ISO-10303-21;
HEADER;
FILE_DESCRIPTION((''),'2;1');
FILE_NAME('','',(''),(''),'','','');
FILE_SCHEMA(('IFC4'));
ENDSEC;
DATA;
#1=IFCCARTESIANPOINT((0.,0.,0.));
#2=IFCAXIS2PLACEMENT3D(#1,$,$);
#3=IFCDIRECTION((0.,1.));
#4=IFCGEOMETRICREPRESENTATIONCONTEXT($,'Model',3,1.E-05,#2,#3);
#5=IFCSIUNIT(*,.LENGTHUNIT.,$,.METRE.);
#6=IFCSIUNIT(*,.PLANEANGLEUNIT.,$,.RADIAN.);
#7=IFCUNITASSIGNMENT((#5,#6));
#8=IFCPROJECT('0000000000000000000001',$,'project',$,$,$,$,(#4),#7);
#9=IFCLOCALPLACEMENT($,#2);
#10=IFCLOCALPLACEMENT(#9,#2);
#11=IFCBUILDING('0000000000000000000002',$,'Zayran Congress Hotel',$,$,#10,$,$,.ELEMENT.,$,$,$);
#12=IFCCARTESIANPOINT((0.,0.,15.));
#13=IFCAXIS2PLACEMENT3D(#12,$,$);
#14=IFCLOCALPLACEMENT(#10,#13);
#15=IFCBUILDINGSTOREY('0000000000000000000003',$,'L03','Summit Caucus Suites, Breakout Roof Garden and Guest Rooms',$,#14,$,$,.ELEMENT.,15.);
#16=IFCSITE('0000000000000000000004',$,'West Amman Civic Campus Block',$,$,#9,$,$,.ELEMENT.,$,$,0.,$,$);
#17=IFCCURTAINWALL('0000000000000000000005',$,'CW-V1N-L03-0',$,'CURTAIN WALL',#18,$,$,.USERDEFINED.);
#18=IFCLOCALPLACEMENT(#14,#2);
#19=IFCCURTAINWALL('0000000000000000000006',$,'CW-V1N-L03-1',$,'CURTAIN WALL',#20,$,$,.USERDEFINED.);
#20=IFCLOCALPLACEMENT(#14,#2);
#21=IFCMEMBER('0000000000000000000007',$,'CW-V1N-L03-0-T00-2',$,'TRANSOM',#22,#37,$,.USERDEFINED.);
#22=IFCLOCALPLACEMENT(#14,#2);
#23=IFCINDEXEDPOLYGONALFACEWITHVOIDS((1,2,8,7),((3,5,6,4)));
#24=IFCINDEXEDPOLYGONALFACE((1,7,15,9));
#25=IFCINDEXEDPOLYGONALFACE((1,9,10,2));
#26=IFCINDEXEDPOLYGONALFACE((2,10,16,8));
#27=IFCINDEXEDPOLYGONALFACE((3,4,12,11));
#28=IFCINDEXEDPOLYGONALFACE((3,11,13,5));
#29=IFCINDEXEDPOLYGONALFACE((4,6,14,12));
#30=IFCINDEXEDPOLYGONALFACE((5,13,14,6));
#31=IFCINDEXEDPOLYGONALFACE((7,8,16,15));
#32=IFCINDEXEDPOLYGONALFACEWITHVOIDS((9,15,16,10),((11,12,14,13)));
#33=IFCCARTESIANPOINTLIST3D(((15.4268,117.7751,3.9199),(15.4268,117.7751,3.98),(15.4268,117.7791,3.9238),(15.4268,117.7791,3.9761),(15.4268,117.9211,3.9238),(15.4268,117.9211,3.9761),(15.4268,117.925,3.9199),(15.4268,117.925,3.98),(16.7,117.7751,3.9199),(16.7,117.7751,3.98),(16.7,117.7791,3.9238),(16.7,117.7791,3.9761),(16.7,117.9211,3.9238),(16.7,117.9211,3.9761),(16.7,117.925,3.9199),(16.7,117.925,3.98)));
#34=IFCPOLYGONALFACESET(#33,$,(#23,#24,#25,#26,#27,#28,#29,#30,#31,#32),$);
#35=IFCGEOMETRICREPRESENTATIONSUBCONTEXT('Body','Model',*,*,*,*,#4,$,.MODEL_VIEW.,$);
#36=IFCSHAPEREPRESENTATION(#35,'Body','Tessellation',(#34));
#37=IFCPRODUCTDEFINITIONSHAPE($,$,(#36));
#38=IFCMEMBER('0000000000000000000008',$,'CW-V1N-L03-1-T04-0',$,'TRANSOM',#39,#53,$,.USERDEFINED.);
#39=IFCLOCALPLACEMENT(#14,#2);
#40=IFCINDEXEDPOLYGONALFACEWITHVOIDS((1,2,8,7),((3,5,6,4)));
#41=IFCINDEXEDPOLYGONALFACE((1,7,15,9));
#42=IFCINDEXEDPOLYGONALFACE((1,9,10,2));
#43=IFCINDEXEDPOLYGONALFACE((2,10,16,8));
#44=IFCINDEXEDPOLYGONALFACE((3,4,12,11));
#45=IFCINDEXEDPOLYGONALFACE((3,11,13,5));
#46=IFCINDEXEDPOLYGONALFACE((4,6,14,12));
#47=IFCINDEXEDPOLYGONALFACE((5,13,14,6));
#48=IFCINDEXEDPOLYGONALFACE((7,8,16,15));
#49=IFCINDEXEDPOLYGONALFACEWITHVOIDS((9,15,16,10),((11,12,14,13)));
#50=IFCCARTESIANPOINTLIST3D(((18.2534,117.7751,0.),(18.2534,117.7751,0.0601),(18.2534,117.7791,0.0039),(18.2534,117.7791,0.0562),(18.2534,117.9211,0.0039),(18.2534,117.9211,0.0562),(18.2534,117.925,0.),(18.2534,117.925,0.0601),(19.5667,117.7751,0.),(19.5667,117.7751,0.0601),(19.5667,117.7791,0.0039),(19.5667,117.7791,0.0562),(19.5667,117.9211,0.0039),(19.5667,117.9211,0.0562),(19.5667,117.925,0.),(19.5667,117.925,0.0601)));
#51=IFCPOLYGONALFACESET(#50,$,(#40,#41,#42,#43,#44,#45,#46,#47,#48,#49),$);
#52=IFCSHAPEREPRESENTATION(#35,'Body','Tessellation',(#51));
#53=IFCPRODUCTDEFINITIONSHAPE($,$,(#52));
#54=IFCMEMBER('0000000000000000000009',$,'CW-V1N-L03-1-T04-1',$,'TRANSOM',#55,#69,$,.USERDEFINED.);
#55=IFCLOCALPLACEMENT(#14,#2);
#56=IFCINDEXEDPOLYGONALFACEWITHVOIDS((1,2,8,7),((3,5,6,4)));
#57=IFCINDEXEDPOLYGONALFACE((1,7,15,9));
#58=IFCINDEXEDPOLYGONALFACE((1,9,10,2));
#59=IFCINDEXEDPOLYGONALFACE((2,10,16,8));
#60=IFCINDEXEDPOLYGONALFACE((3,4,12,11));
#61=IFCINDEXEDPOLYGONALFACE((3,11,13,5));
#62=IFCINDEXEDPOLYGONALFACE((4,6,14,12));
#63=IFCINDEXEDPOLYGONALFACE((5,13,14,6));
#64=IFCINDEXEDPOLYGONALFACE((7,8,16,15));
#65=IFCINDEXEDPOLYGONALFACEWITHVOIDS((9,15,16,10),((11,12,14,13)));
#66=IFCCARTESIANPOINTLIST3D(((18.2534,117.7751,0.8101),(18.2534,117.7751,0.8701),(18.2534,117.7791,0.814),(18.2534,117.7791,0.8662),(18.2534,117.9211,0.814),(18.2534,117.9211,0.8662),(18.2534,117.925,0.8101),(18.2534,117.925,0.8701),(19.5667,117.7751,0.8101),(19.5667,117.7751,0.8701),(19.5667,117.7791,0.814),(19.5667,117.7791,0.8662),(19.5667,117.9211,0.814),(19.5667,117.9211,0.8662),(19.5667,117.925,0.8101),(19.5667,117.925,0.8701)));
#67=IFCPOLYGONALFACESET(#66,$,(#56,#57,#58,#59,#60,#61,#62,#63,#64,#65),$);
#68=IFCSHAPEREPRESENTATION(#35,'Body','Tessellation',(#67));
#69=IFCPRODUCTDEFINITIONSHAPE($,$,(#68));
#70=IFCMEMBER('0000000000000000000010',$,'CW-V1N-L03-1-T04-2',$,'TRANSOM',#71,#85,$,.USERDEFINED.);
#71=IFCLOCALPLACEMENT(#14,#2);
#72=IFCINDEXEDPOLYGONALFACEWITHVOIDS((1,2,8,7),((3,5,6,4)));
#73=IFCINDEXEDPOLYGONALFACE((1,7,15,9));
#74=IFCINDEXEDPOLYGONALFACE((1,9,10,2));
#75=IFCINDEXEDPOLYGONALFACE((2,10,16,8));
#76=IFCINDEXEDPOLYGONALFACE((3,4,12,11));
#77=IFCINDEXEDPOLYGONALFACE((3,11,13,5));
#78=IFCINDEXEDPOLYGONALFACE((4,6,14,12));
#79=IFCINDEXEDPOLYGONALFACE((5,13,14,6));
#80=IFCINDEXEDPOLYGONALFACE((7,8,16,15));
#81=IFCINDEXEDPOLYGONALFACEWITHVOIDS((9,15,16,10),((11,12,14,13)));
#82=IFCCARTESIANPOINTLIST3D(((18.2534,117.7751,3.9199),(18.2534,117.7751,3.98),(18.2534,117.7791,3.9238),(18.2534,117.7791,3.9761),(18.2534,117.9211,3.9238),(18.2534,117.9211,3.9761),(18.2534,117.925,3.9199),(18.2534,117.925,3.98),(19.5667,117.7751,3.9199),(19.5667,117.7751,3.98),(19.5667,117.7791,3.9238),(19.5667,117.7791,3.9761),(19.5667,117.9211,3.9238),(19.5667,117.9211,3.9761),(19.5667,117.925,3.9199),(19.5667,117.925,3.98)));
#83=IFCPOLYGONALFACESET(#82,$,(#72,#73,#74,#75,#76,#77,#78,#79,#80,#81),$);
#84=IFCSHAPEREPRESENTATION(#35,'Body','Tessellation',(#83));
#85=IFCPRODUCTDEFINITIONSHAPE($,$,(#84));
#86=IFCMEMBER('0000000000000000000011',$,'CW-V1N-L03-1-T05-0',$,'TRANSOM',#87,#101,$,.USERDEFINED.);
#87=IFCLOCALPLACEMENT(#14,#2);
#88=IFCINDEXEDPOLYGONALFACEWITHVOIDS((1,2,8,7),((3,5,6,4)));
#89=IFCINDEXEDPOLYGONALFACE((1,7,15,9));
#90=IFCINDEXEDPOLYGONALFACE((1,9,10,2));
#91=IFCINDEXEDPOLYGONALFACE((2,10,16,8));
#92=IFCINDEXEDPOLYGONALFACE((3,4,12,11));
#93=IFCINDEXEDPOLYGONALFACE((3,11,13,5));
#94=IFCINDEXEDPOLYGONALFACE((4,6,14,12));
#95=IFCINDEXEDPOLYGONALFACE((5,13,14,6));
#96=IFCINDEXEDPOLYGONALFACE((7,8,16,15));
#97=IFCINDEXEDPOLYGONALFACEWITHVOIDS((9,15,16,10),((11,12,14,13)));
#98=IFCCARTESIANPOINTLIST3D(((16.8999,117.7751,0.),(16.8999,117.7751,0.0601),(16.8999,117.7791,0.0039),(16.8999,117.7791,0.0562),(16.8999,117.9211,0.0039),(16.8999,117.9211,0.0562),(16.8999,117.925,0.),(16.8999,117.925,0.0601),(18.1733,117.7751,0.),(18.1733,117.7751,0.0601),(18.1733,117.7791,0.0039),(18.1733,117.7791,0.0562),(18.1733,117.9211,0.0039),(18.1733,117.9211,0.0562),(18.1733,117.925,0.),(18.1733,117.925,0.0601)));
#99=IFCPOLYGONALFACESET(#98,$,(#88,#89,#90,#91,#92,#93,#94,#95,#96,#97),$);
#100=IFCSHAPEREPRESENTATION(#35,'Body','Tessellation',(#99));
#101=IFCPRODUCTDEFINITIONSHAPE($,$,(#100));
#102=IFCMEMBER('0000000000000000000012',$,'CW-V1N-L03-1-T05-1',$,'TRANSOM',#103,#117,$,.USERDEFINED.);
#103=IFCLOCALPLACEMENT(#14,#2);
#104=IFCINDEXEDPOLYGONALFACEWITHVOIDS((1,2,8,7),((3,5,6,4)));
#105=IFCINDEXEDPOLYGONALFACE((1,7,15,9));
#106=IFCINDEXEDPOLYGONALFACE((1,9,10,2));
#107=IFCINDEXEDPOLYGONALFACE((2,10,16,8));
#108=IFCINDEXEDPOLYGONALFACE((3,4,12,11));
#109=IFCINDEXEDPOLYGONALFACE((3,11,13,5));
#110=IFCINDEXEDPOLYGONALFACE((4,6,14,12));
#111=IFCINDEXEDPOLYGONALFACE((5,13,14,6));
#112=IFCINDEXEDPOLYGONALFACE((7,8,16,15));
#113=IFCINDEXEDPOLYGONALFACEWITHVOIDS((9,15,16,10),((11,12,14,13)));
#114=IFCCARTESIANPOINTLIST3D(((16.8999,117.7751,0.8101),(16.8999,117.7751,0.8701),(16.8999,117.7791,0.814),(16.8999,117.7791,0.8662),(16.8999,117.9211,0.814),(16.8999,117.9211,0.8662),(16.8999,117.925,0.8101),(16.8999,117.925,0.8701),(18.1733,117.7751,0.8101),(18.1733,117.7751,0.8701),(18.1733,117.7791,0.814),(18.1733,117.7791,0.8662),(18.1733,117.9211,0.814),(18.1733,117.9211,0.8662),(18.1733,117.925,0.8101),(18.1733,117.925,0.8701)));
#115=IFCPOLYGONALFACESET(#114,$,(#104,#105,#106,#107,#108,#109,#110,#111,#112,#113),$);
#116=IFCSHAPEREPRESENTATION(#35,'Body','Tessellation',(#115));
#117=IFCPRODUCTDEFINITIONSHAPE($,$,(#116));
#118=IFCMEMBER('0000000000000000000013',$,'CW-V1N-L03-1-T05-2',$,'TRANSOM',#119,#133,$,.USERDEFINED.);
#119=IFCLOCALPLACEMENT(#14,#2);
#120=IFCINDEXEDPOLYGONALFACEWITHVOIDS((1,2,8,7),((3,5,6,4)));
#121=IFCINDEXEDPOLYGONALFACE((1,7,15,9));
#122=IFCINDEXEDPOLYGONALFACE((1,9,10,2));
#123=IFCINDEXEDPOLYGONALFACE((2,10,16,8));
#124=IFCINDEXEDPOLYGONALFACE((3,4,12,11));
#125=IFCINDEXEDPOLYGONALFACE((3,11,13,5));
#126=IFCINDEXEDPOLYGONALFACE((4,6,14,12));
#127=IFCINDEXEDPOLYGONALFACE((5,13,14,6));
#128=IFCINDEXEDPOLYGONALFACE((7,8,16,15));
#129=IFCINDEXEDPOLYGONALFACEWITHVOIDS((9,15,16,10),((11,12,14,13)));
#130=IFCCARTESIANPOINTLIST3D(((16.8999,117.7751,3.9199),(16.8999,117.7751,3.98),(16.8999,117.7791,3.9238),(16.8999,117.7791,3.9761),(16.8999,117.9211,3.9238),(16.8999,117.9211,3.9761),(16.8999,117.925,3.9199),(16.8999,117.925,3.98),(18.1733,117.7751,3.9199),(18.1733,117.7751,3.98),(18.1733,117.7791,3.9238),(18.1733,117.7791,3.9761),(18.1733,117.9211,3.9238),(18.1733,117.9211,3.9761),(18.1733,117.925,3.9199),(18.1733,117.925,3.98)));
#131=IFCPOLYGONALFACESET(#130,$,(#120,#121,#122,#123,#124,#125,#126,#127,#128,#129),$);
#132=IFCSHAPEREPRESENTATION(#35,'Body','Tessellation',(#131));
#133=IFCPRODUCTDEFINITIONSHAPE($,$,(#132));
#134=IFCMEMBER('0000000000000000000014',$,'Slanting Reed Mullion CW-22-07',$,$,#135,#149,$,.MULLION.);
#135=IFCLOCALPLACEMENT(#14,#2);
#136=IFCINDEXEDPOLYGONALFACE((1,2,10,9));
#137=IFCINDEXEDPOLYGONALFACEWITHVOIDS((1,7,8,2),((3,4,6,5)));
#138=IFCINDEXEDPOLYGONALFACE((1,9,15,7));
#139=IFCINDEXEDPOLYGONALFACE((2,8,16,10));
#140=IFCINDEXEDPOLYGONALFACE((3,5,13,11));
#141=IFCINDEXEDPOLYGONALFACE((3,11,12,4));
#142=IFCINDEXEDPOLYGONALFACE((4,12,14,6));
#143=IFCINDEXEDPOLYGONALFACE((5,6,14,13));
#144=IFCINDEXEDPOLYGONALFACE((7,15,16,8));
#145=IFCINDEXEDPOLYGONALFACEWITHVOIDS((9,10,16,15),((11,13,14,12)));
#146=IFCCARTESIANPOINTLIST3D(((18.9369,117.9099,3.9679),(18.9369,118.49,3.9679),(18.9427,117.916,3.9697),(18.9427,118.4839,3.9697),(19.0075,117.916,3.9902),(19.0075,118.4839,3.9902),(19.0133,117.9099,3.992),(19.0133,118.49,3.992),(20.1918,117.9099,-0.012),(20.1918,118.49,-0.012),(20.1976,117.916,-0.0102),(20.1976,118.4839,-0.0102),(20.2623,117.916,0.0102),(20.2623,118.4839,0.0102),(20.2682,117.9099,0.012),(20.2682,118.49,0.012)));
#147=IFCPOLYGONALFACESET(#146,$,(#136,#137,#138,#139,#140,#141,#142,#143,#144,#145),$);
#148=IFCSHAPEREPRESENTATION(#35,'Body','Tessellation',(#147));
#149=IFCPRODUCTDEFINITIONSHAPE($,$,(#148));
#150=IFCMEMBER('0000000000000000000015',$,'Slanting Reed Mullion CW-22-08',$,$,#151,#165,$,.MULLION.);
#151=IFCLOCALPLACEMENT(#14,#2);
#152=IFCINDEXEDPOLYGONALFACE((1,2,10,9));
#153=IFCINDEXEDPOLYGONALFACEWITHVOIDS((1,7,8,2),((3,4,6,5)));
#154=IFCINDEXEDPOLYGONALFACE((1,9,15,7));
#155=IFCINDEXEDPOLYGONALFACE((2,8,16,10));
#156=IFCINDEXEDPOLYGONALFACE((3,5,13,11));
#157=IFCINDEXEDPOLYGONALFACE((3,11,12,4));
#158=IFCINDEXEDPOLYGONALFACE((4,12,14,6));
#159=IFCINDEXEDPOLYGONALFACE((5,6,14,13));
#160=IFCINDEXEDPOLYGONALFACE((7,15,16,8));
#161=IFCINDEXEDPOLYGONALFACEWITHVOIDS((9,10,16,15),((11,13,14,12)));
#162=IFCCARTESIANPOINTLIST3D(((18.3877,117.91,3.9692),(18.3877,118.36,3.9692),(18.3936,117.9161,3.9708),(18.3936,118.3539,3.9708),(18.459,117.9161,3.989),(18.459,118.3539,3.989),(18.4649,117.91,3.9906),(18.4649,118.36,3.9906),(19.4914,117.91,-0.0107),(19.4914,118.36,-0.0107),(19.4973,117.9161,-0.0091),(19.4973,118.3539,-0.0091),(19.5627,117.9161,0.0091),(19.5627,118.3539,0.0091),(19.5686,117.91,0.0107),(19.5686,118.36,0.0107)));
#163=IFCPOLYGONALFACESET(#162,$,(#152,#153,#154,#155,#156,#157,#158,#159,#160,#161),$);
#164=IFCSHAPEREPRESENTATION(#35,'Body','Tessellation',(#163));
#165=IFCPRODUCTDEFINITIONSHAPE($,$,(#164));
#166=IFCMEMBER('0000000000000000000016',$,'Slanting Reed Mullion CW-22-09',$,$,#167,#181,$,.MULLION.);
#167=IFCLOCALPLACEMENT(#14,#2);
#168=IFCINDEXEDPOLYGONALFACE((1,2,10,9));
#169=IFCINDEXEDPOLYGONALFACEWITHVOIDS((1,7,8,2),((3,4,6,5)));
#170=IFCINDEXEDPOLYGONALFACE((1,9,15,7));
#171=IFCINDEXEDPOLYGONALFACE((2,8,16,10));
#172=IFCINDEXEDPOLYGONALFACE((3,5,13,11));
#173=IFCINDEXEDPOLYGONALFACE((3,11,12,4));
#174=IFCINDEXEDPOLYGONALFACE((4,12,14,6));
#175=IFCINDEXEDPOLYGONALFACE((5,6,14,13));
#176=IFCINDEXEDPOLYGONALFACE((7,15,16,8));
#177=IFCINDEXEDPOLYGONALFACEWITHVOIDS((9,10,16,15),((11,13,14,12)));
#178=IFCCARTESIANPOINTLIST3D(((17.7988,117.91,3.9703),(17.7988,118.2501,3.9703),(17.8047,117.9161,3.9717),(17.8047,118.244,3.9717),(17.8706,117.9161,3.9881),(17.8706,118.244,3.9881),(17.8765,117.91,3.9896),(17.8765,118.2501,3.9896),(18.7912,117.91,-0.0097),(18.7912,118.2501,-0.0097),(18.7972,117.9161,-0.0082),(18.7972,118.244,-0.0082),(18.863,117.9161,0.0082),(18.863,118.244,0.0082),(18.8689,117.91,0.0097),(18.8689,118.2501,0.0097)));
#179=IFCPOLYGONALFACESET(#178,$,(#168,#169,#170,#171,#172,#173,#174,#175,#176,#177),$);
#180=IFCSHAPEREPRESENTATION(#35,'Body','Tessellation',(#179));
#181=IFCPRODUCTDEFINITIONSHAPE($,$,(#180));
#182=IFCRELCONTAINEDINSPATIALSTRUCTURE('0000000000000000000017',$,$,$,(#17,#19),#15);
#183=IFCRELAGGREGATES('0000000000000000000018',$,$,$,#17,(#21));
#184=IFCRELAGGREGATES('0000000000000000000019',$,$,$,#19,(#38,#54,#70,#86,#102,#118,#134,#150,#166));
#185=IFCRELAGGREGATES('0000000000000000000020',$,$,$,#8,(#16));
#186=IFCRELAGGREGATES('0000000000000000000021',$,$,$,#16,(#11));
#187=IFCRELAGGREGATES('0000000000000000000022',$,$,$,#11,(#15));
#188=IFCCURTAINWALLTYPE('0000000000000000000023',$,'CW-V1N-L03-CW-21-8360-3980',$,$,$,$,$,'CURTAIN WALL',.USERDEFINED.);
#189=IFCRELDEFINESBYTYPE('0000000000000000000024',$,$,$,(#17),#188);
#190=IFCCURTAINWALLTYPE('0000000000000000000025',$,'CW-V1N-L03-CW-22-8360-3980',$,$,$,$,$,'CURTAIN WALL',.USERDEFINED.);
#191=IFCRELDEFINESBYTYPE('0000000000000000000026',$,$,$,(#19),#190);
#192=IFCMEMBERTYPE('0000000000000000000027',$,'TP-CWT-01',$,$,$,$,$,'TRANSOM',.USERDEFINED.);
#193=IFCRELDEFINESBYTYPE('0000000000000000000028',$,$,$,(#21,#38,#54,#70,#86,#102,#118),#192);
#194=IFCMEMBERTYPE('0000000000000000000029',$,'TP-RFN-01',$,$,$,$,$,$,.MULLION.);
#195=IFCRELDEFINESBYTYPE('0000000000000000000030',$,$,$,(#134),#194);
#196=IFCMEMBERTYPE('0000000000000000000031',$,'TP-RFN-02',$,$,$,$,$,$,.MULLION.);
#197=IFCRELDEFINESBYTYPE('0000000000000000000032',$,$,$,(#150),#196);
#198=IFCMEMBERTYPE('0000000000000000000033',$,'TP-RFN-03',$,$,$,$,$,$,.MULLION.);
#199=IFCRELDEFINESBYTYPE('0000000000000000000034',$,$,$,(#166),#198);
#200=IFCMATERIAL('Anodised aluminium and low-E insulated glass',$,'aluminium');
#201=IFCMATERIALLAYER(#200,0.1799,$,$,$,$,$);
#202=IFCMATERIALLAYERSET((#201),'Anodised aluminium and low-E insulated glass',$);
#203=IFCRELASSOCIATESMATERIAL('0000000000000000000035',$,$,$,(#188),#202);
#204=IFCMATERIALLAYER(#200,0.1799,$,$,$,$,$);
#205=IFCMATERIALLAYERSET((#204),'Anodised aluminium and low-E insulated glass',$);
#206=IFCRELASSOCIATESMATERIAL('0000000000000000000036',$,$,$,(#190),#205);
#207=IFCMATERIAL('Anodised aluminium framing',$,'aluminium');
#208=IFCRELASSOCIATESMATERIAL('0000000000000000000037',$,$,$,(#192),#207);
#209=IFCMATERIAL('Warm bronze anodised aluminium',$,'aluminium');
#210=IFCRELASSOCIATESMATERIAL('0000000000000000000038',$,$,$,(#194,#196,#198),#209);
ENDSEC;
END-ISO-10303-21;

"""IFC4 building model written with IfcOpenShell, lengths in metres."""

from ifc_helpers import new_model, si_unit, direction, frame, origin, origin_2d, place, context, subcontext, project, spatial, hollow_rectangle, extrude, material, layer, layer_set, material_profile, profile_set, type_object, element, aggregate, save


model = new_model("IFC4")

# Units and contexts
model_context = context("Model", 3, precision=1e-05, world=origin(), true_north=direction((0.0, 1.0)))
body_context = subcontext(model_context, "Body", "Model", "MODEL_VIEW")
ifc_project = project(units=[si_unit("LENGTHUNIT", "METRE"), si_unit("PLANEANGLEUNIT", "RADIAN")], contexts=[model_context])

# Site, building, storey
site_placement = place(None, origin())
site = spatial("IfcSite", under=ifc_project, at=site_placement, Name="West Amman Civic Campus Block", CompositionType="ELEMENT", RefElevation=0.0)
building_placement = place(site_placement, origin())
building = spatial("IfcBuilding", under=site, at=building_placement, Name="Zayran Congress Hotel", CompositionType="ELEMENT")
storey_placement = place(building_placement, frame((0.0, 0.0, 15.0)))
storey = spatial("IfcBuildingStorey", under=building, at=storey_placement, Name="L03", Description="Summit Caucus Suites, Breakout Roof Garden and Guest Rooms", CompositionType="ELEMENT", Elevation=15.0)

# Curtain wall
ifc_material_1 = material(Name="Anodised aluminium and low-E insulated glass", Category="aluminium")
ifc_layer_1 = layer(ifc_material_1, 0.1799)
ifc_layer_set_1 = layer_set([ifc_layer_1], Name="Anodised aluminium and low-E insulated glass")
curtain_wall_type_1 = type_object("IfcCurtainWallType", Name="CW-V1N-L03-CW-21-8360-3980", ElementType="CURTAIN WALL", PredefinedType="USERDEFINED", material=ifc_layer_set_1)
curtain_wall_1_placement = place(storey_placement, origin())
curtain_wall_1 = element("IfcCurtainWall", 1, at=curtain_wall_1_placement, inside=storey, type_object=curtain_wall_type_1, Name="CW-V1N-L03-0", ObjectType="CURTAIN WALL", PredefinedType="USERDEFINED")
ifc_material_2 = material(Name="Anodised aluminium framing", Category="aluminium")

# Curtain wall
ifc_layer_2 = layer(ifc_material_1, 0.1799)
ifc_layer_set_2 = layer_set([ifc_layer_2], Name="Anodised aluminium and low-E insulated glass")
curtain_wall_type_2 = type_object("IfcCurtainWallType", Name="CW-V1N-L03-CW-22-8360-3980", ElementType="CURTAIN WALL", PredefinedType="USERDEFINED", material=ifc_layer_set_2)
curtain_wall_2_placement = place(storey_placement, origin())
curtain_wall_2 = element("IfcCurtainWall", 2, at=curtain_wall_2_placement, inside=storey, type_object=curtain_wall_type_2, Name="CW-V1N-L03-1", ObjectType="CURTAIN WALL", PredefinedType="USERDEFINED")

# Members
ifc_material_profile_1 = material_profile(ifc_material_2, hollow_rectangle(XDim=0.0601, YDim=0.1499, WallThickness=0.0039, at=origin_2d()), Name="RHS 150x60x4")
ifc_profile_set_1 = profile_set([ifc_material_profile_1], Name="Anodised aluminium framing")
member_type_1 = type_object("IfcMemberType", Name="TP-CWT-01", ElementType="TRANSOM", PredefinedType="USERDEFINED", material=ifc_profile_set_1)
member_1_placement = place(storey_placement, frame((16.7, 117.8501, 3.95), z_axis=(-1.0, 0.0, 0.0), x_axis=(0.0, 0.0, 1.0)))
member_1 = element("IfcMember", 3, at=member_1_placement, type_object=member_type_1, Name="CW-V1N-L03-0-T00-2", ObjectType="TRANSOM", PredefinedType="USERDEFINED", context=body_context, shape_type="SweptSolid", body=[
    extrude(hollow_rectangle(XDim=0.0601, YDim=0.1499, WallThickness=0.0039, at=origin_2d()), origin(), (0.0, 0.0, 1.0), 1.2732),
])
member_2_placement = place(storey_placement, frame((19.5667, 117.8501, 0.03), z_axis=(-1.0, 0.0, 0.0), x_axis=(0.0, 0.0, 1.0)))
member_2 = element("IfcMember", 4, at=member_2_placement, type_object=member_type_1, Name="CW-V1N-L03-1-T04-0", ObjectType="TRANSOM", PredefinedType="USERDEFINED", context=body_context, shape_type="SweptSolid", body=[
    extrude(hollow_rectangle(XDim=0.0601, YDim=0.1499, WallThickness=0.0039, at=origin_2d()), origin(), (0.0, 0.0, 1.0), 1.3132),
])
member_3_placement = place(storey_placement, frame((19.5667, 117.8501, 0.8401), z_axis=(-1.0, 0.0, 0.0), x_axis=(0.0, 0.0, 1.0)))
member_3 = element("IfcMember", 5, at=member_3_placement, type_object=member_type_1, Name="CW-V1N-L03-1-T04-1", ObjectType="TRANSOM", PredefinedType="USERDEFINED", context=body_context, shape_type="SweptSolid", body=[
    extrude(hollow_rectangle(XDim=0.0601, YDim=0.1499, WallThickness=0.0039, at=origin_2d()), origin(), (0.0, 0.0, 1.0), 1.3132),
])
member_4_placement = place(storey_placement, frame((19.5667, 117.8501, 3.95), z_axis=(-1.0, 0.0, 0.0), x_axis=(0.0, 0.0, 1.0)))
member_4 = element("IfcMember", 6, at=member_4_placement, type_object=member_type_1, Name="CW-V1N-L03-1-T04-2", ObjectType="TRANSOM", PredefinedType="USERDEFINED", context=body_context, shape_type="SweptSolid", body=[
    extrude(hollow_rectangle(XDim=0.0601, YDim=0.1499, WallThickness=0.0039, at=origin_2d()), origin(), (0.0, 0.0, 1.0), 1.3132),
])
member_5_placement = place(storey_placement, frame((18.1733, 117.8501, 0.03), z_axis=(-1.0, 0.0, 0.0), x_axis=(0.0, 0.0, 1.0)))
member_5 = element("IfcMember", 7, at=member_5_placement, type_object=member_type_1, Name="CW-V1N-L03-1-T05-0", ObjectType="TRANSOM", PredefinedType="USERDEFINED", context=body_context, shape_type="SweptSolid", body=[
    extrude(hollow_rectangle(XDim=0.0601, YDim=0.1499, WallThickness=0.0039, at=origin_2d()), origin(), (0.0, 0.0, 1.0), 1.2734),
])
member_6_placement = place(storey_placement, frame((18.1733, 117.8501, 0.8401), z_axis=(-1.0, 0.0, 0.0), x_axis=(0.0, 0.0, 1.0)))
member_6 = element("IfcMember", 8, at=member_6_placement, type_object=member_type_1, Name="CW-V1N-L03-1-T05-1", ObjectType="TRANSOM", PredefinedType="USERDEFINED", context=body_context, shape_type="SweptSolid", body=[
    extrude(hollow_rectangle(XDim=0.0601, YDim=0.1499, WallThickness=0.0039, at=origin_2d()), origin(), (0.0, 0.0, 1.0), 1.2734),
])
member_7_placement = place(storey_placement, frame((18.1733, 117.8501, 3.95), z_axis=(-1.0, 0.0, 0.0), x_axis=(0.0, 0.0, 1.0)))
member_7 = element("IfcMember", 9, at=member_7_placement, type_object=member_type_1, Name="CW-V1N-L03-1-T05-2", ObjectType="TRANSOM", PredefinedType="USERDEFINED", context=body_context, shape_type="SweptSolid", body=[
    extrude(hollow_rectangle(XDim=0.0601, YDim=0.1499, WallThickness=0.0039, at=origin_2d()), origin(), (0.0, 0.0, 1.0), 1.2734),
])
ifc_material_3 = material(Name="Warm bronze anodised aluminium", Category="aluminium")
ifc_material_profile_2 = material_profile(ifc_material_3, hollow_rectangle(XDim=0.0801, YDim=0.5801, WallThickness=0.0061, at=origin_2d()), Name="RHS 580x80x6")
ifc_profile_set_2 = profile_set([ifc_material_profile_2], Name="Warm bronze anodised aluminium")
member_type_2 = type_object("IfcMemberType", Name="TP-RFN-01", PredefinedType="MULLION", material=ifc_profile_set_2)
member_8_placement = place(storey_placement, frame((20.23, 118.2, 0.0), z_axis=(-0.300706, 0.0, 0.953717), x_axis=(0.953717, 0.0, 0.300706)))
member_8 = element("IfcMember", 10, at=member_8_placement, type_object=member_type_2, Name="Slanting Reed Mullion CW-22-07", PredefinedType="MULLION", context=body_context, shape_type="SweptSolid", body=[
    extrude(hollow_rectangle(XDim=0.0801, YDim=0.5801, WallThickness=0.0061, at=origin_2d()), origin(), (0.0, 0.0, 1.0), 4.1731),
])
ifc_material_profile_3 = material_profile(ifc_material_3, hollow_rectangle(XDim=0.0801, YDim=0.45, WallThickness=0.0061, at=origin_2d()), Name="RHS 450x80x6")
ifc_profile_set_3 = profile_set([ifc_material_profile_3], Name="Warm bronze anodised aluminium")
member_type_3 = type_object("IfcMemberType", Name="TP-RFN-02", PredefinedType="MULLION", material=ifc_profile_set_3)
member_9_placement = place(storey_placement, frame((19.53, 118.135, 0.0), z_axis=(-0.267241, 0.0, 0.96363), x_axis=(0.96363, 0.0, 0.267241)))
member_9 = element("IfcMember", 11, at=member_9_placement, type_object=member_type_3, Name="Slanting Reed Mullion CW-22-08", PredefinedType="MULLION", context=body_context, shape_type="SweptSolid", body=[
    extrude(hollow_rectangle(XDim=0.0801, YDim=0.45, WallThickness=0.0061, at=origin_2d()), origin(), (0.0, 0.0, 1.0), 4.1301),
])
ifc_material_profile_4 = material_profile(ifc_material_3, hollow_rectangle(XDim=0.0801, YDim=0.3401, WallThickness=0.0061, at=origin_2d()), Name="RHS 340x80x6")
ifc_profile_set_4 = profile_set([ifc_material_profile_4], Name="Warm bronze anodised aluminium")
member_type_4 = type_object("IfcMemberType", Name="TP-RFN-03", PredefinedType="MULLION", material=ifc_profile_set_4)
member_10_placement = place(storey_placement, frame((18.8301, 118.0801, 0.0), z_axis=(-0.241947, 0.0, 0.970289), x_axis=(0.970289, 0.0, 0.241947)))
member_10 = element("IfcMember", 12, at=member_10_placement, type_object=member_type_4, Name="Slanting Reed Mullion CW-22-09", PredefinedType="MULLION", context=body_context, shape_type="SweptSolid", body=[
    extrude(hollow_rectangle(XDim=0.0801, YDim=0.3401, WallThickness=0.0061, at=origin_2d()), origin(), (0.0, 0.0, 1.0), 4.1018),
])

aggregate(curtain_wall_1, [member_1])
aggregate(curtain_wall_2, [member_2, member_3, member_4, member_5, member_6, member_7, member_8, member_9, member_10])

save(model, "model.ifc")
